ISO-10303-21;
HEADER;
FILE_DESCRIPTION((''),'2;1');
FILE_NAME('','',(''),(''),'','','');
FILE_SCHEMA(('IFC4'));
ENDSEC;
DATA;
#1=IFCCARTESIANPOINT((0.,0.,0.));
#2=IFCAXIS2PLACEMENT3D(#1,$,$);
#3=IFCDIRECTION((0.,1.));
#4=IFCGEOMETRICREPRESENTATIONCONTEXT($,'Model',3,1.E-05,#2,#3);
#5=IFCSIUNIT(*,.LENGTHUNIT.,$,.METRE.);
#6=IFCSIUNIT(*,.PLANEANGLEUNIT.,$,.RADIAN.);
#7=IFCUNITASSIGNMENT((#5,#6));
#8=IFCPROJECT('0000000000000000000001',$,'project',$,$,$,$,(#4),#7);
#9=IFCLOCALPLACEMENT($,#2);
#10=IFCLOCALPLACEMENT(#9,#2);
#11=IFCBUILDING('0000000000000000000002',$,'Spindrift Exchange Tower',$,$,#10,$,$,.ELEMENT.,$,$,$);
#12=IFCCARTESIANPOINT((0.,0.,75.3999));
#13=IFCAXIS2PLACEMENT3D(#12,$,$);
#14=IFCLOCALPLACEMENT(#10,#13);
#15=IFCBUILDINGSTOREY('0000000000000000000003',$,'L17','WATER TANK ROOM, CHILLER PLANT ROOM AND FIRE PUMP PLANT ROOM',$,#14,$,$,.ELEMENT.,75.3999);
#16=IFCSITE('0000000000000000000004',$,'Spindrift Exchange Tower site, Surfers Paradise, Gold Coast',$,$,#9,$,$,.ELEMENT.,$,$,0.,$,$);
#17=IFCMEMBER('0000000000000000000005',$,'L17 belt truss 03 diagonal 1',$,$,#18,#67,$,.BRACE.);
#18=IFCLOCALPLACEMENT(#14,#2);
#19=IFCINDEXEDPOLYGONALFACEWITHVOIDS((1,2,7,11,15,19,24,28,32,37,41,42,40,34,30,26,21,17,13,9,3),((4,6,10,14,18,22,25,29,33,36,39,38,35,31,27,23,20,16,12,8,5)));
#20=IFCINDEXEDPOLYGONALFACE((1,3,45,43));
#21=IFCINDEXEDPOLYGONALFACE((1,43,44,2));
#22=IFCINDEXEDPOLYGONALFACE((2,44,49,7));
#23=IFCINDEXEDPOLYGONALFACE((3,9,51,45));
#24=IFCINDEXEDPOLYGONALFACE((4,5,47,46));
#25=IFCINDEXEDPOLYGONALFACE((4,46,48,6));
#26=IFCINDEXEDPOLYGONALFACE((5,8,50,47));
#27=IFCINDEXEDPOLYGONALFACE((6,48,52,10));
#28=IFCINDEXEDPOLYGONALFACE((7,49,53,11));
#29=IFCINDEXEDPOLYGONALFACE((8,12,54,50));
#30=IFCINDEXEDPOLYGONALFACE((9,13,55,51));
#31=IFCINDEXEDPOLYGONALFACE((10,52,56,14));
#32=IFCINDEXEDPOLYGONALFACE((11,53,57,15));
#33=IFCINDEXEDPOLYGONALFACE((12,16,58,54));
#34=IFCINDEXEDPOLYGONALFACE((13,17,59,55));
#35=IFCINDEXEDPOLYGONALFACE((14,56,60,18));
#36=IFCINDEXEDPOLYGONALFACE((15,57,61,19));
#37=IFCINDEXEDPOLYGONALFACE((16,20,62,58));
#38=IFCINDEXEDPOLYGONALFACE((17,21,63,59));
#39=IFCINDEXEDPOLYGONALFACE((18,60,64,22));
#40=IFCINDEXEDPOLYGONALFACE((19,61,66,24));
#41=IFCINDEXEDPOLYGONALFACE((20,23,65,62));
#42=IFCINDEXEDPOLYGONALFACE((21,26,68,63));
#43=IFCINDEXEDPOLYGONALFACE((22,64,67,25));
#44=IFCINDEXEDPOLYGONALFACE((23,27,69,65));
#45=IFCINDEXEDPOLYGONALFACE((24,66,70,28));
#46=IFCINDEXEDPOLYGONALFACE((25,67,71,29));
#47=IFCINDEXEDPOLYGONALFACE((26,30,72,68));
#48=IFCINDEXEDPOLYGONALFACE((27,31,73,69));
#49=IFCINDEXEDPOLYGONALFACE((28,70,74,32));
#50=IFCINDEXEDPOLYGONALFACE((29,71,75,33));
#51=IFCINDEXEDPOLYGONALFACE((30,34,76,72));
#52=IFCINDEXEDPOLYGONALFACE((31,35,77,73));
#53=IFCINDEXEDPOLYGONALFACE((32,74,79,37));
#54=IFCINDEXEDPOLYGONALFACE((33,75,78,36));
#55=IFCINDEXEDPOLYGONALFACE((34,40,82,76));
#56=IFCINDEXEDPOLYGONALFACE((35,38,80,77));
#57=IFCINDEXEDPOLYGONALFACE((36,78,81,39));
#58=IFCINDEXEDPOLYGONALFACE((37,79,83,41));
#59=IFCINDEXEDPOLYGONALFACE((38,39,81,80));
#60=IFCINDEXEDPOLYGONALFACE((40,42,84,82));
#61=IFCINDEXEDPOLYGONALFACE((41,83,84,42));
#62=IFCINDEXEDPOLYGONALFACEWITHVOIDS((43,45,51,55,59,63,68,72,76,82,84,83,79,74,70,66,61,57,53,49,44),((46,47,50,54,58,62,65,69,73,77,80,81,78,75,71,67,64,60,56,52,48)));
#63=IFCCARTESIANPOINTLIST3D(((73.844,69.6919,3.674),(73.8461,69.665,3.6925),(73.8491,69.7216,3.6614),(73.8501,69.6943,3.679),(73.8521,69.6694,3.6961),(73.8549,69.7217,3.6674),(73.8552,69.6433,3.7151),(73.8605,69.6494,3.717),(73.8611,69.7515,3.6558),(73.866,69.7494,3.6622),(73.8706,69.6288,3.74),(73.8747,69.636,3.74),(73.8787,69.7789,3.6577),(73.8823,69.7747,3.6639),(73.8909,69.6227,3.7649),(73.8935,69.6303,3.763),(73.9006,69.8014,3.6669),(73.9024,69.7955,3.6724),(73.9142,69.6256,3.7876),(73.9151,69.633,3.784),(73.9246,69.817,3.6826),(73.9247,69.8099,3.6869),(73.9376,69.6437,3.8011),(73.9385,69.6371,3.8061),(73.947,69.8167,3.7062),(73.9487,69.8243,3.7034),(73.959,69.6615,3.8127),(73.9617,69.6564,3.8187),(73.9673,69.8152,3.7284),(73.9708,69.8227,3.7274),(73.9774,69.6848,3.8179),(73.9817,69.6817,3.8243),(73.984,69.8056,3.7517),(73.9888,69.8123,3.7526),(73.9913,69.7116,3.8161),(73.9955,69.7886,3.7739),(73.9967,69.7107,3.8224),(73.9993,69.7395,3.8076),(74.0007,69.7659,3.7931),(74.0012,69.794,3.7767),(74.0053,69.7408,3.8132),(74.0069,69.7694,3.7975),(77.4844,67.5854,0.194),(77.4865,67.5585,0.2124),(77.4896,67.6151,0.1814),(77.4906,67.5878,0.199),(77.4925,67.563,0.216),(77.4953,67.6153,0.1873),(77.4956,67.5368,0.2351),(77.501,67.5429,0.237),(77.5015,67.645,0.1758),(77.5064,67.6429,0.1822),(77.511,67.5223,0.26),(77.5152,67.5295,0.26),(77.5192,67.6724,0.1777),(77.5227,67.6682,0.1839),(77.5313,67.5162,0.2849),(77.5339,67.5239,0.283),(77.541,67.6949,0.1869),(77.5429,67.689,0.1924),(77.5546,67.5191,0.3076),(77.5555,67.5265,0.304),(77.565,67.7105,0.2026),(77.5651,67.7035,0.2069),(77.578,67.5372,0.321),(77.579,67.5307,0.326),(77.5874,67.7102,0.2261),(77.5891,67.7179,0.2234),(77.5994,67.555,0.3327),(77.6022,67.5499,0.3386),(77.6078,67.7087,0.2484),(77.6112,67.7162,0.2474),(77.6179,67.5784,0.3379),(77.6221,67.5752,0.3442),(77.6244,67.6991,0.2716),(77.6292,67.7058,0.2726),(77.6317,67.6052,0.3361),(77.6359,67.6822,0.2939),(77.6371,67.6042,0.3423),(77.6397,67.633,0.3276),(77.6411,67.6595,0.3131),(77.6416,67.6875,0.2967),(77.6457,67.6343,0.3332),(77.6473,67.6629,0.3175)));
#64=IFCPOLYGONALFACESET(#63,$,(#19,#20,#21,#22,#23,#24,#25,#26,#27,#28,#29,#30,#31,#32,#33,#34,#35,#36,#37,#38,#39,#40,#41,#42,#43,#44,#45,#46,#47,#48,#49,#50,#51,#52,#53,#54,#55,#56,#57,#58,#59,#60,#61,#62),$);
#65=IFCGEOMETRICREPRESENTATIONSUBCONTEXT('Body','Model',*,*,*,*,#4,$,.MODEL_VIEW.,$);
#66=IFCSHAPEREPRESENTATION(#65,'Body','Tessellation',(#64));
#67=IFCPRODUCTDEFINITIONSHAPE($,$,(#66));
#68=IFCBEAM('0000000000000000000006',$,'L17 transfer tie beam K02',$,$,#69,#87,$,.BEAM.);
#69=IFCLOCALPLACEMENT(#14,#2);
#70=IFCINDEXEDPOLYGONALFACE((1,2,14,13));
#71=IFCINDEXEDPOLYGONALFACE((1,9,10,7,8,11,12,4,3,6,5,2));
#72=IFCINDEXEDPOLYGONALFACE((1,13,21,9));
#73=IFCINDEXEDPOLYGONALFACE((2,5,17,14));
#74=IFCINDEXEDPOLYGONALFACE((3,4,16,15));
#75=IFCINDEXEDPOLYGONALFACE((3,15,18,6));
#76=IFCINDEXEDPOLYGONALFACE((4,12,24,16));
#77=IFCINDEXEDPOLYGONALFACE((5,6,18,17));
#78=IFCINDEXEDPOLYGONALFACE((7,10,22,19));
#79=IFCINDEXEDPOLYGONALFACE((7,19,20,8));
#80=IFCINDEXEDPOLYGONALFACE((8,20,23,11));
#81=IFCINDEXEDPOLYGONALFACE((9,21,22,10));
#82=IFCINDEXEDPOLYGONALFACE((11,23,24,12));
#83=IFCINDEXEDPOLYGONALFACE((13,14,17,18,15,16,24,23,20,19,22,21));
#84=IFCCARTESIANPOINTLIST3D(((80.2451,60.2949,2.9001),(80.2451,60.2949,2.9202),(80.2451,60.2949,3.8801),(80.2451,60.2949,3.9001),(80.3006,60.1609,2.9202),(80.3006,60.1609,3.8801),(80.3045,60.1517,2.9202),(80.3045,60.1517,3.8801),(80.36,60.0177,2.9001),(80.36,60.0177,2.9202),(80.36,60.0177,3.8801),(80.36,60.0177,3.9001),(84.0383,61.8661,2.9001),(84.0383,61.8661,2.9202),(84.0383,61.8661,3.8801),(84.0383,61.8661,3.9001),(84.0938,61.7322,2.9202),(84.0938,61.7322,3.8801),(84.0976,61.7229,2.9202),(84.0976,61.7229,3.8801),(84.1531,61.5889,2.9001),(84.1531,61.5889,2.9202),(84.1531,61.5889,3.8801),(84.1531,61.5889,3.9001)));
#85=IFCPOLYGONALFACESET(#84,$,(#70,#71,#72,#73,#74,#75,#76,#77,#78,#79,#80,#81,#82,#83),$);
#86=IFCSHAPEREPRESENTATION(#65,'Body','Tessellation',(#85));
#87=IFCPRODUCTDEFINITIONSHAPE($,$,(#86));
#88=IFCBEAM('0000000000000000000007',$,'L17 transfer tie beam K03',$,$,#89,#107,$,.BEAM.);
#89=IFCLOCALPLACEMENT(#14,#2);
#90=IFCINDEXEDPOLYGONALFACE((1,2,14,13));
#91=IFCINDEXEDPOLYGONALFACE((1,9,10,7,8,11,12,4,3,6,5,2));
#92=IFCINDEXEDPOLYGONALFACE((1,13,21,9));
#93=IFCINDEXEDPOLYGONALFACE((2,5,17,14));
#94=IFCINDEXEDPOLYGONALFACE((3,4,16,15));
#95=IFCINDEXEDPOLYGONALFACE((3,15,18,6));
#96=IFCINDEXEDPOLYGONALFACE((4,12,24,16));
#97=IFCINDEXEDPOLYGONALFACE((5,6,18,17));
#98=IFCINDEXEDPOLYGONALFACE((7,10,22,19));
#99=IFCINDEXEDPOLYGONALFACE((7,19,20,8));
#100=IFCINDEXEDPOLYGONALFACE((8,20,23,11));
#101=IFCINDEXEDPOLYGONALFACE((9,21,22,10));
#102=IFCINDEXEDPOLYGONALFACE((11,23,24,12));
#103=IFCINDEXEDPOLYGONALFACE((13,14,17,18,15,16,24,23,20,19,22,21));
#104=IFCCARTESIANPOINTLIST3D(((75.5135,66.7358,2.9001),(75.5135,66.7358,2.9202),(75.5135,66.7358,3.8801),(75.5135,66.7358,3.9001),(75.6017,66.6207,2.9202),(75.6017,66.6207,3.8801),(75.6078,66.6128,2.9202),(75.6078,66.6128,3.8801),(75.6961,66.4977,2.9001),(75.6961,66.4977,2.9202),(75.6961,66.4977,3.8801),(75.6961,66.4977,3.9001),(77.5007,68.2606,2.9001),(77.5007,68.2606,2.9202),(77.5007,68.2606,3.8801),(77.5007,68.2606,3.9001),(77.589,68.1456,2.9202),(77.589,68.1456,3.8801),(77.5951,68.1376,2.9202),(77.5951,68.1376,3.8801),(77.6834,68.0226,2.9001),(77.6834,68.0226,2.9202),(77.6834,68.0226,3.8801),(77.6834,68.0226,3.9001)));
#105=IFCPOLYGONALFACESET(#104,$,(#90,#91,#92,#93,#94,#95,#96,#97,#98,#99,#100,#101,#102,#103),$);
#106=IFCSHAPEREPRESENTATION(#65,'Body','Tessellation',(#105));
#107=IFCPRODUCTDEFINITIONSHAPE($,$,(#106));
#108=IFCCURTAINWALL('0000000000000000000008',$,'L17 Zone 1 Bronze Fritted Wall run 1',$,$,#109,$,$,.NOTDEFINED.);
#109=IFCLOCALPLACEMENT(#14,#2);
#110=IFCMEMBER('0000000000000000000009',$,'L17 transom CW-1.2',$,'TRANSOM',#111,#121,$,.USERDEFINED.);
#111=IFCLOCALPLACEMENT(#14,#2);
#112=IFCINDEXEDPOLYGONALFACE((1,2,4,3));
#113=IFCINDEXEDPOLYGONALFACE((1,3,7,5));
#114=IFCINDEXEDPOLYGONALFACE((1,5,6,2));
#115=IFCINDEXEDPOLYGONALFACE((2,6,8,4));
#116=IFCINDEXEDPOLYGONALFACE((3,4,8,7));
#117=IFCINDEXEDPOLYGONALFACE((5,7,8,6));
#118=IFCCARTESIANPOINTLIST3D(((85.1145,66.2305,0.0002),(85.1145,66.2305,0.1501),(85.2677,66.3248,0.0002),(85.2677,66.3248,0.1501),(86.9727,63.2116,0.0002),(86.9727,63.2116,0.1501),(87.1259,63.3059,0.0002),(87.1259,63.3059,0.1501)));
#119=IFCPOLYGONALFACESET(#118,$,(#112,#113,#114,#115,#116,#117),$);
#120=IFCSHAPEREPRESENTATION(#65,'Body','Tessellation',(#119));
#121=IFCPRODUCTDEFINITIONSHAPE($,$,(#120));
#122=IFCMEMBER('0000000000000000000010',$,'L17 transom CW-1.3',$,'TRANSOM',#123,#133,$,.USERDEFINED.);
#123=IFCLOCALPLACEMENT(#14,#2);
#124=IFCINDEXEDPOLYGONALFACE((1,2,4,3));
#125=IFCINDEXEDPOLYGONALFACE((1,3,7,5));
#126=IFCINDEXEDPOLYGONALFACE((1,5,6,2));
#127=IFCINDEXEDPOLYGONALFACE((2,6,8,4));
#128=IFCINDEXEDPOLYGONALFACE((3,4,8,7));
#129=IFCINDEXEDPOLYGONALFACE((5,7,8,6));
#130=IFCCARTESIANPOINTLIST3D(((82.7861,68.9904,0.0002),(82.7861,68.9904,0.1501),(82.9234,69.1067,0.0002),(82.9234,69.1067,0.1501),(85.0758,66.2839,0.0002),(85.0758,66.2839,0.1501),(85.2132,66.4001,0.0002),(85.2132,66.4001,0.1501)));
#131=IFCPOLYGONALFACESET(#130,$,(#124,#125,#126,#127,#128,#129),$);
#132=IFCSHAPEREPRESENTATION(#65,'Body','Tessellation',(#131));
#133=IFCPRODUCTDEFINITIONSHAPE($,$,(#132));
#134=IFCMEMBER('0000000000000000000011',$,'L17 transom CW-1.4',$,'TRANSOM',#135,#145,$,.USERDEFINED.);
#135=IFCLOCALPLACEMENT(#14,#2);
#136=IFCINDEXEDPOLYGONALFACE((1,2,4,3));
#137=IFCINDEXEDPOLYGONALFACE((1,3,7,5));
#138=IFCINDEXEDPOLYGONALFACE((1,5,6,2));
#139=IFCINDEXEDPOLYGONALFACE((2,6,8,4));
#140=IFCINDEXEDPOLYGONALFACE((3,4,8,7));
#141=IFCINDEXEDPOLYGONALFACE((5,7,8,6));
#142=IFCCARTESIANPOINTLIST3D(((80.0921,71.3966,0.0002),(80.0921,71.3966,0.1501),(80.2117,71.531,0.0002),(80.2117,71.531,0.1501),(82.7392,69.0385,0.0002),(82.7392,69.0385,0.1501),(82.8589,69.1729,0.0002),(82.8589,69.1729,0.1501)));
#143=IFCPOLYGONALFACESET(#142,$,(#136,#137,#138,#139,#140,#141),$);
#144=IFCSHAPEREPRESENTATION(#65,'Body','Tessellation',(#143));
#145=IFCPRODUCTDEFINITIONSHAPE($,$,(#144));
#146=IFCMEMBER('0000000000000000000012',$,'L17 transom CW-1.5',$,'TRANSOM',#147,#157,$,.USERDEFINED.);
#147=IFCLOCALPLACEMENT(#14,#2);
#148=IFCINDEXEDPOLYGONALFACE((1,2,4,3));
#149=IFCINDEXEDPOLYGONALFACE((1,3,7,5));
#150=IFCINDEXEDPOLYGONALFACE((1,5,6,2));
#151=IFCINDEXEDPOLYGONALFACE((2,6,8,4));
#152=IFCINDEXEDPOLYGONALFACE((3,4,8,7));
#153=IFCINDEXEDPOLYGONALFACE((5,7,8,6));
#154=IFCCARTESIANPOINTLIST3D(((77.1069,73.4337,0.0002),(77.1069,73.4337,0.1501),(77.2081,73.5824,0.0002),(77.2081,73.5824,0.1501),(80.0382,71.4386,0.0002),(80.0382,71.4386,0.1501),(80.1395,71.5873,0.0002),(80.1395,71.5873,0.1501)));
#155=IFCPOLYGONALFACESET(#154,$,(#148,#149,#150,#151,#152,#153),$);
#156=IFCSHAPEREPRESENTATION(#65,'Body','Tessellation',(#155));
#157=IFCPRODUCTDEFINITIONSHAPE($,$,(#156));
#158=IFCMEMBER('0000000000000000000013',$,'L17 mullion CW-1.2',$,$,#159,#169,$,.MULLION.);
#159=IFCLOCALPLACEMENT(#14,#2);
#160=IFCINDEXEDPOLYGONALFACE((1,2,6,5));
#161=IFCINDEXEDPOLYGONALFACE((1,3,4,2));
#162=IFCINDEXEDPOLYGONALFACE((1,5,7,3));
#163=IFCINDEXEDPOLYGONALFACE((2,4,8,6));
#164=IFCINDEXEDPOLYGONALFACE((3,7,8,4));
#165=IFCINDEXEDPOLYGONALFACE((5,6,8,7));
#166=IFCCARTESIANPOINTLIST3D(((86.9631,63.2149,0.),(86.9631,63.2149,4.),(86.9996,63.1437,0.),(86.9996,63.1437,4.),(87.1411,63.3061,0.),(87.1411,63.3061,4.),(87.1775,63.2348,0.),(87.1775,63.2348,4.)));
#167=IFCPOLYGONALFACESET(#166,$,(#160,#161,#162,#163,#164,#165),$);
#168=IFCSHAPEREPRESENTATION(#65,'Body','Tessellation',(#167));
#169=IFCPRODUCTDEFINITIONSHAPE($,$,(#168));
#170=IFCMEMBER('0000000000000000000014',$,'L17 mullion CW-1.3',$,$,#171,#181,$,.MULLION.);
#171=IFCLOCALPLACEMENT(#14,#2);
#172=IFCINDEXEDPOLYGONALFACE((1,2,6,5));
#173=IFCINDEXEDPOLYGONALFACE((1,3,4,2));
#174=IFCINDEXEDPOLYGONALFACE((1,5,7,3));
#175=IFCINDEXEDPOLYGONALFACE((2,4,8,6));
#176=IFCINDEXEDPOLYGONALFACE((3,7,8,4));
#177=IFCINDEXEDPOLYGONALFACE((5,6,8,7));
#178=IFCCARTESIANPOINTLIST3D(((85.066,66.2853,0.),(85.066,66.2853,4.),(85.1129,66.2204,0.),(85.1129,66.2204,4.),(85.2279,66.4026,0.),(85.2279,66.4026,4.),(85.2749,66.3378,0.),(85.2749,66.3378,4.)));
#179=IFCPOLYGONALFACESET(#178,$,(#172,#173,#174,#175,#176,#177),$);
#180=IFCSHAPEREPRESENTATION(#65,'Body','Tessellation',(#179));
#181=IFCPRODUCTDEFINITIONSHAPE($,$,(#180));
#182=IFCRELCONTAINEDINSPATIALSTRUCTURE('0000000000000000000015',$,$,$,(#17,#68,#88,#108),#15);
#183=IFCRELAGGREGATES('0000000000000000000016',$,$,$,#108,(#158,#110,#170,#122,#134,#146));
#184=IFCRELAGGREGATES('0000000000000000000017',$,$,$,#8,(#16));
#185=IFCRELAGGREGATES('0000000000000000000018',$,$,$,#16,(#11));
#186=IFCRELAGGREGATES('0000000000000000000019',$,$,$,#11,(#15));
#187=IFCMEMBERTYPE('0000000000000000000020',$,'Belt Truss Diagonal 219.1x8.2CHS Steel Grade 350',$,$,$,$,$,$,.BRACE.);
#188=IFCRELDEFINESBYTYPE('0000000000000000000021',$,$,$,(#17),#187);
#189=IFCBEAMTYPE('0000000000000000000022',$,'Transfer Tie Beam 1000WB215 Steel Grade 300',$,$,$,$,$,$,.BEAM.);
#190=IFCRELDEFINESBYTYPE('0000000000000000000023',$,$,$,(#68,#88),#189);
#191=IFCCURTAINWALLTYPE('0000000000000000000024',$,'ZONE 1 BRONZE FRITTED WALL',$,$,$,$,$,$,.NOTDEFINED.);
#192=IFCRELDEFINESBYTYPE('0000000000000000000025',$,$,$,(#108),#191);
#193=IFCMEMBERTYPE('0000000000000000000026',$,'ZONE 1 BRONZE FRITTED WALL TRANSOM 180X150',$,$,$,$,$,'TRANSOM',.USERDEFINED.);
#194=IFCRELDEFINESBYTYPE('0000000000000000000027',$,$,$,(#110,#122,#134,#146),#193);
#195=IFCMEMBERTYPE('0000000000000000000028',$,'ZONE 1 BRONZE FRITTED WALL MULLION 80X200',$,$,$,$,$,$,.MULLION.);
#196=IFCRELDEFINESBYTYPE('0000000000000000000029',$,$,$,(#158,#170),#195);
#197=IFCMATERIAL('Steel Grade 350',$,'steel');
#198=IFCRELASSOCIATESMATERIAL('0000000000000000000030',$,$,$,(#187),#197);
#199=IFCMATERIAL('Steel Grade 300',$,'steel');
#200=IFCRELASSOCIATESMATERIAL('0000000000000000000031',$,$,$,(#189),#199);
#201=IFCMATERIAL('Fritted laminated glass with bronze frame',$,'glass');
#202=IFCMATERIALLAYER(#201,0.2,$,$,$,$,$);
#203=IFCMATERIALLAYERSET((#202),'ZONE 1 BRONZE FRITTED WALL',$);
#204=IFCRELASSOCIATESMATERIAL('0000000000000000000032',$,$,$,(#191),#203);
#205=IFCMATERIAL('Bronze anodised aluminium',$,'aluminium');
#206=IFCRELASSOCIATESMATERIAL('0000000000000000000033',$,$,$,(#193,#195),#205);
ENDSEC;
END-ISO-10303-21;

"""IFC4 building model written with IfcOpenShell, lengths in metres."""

from ifc_helpers import new_model, si_unit, direction, frame, origin, origin_2d, place, context, subcontext, project, spatial, rectangle, hollow_circle, i_section, extrude, source, transform, mapped, material, layer, layer_set, material_profile, profile_set, type_object, element, aggregate, save


model = new_model("IFC4")

# Units and contexts
model_context = context("Model", 3, precision=1e-05, world=origin(), true_north=direction((0.0, 1.0)))
body_context = subcontext(model_context, "Body", "Model", "MODEL_VIEW")
ifc_project = project(units=[si_unit("LENGTHUNIT", "METRE"), si_unit("PLANEANGLEUNIT", "RADIAN")], contexts=[model_context])

# Site, building, storey
site_placement = place(None, origin())
site = spatial("IfcSite", under=ifc_project, at=site_placement, Name="Spindrift Exchange Tower site, Surfers Paradise, Gold Coast", CompositionType="ELEMENT", RefElevation=0.0)
building_placement = place(site_placement, origin())
building = spatial("IfcBuilding", under=site, at=building_placement, Name="Spindrift Exchange Tower", CompositionType="ELEMENT")
storey_placement = place(building_placement, frame((0.0, 0.0, 75.3999)))
storey = spatial("IfcBuildingStorey", under=building, at=storey_placement, Name="L17", Description="WATER TANK ROOM, CHILLER PLANT ROOM AND FIRE PUMP PLANT ROOM", CompositionType="ELEMENT", Elevation=75.3999)

# Shared definitions
ifc_material_1 = material(Name="Steel Grade 300", Category="steel")

# Member
ifc_material_2 = material(Name="Steel Grade 350", Category="steel")
ifc_material_profile_1 = material_profile(ifc_material_2, hollow_circle(Radius=0.1096, WallThickness=0.0083, at=origin_2d()), Name="219.1x8.2CHS")
ifc_profile_set_1 = profile_set([ifc_material_profile_1], Name="Steel Grade 350")
member_type_1 = type_object("IfcMemberType", Name="Belt Truss Diagonal 219.1x8.2CHS Steel Grade 350", PredefinedType="BRACE", material=ifc_profile_set_1)
shared_shape_1 = source(origin(), body_context, "Body", "SweptSolid", [
    extrude(hollow_circle(Radius=0.1096, WallThickness=0.0083, at=origin_2d()), origin(), (0.0, 0.0, 1.0), 5.459),
])
member_1_placement = place(storey_placement, frame((77.5659, 67.6172, 0.26), z_axis=(-0.666869, 0.385873, 0.637486), x_axis=(-0.500833, -0.865544, 0.0)))
element("IfcMember", 1, at=member_1_placement, inside=storey, type_object=member_type_1, Name="L17 belt truss 03 diagonal 1", PredefinedType="BRACE", context=body_context, shape_type="MappedRepresentation", body=[
    mapped(shared_shape_1, transform((0.0, 0.0, 0.0), scale=1.0)),
])

# Beams
ifc_material_profile_2 = material_profile(ifc_material_1, i_section(OverallWidth=0.3, OverallDepth=1.0, WebThickness=0.01, FlangeThickness=0.02, at=origin_2d()), Name="1000WB215")
ifc_profile_set_2 = profile_set([ifc_material_profile_2], Name="Steel Grade 300")
beam_type_1 = type_object("IfcBeamType", Name="Transfer Tie Beam 1000WB215 Steel Grade 300", PredefinedType="BEAM", material=ifc_profile_set_2)
shared_shape_2 = source(origin(), body_context, "Body", "SweptSolid", [
    extrude(i_section(OverallWidth=0.3, OverallDepth=1.0, WebThickness=0.01, FlangeThickness=0.02, at=origin_2d()), origin(), (0.0, 0.0, 1.0), 4.1057),
])
beam_1_placement = place(storey_placement, frame((84.0957, 61.7275, 3.4001), z_axis=(-0.923872, -0.382702, 0.0), x_axis=(0.382702, -0.923872, 0.0)))
element("IfcBeam", 2, at=beam_1_placement, inside=storey, type_object=beam_type_1, Name="L17 transfer tie beam K02", PredefinedType="BEAM", context=body_context, shape_type="MappedRepresentation", body=[
    mapped(shared_shape_2, transform((0.0, 0.0, 0.0), scale=1.0)),
])
shared_shape_3 = source(origin(), body_context, "Body", "SweptSolid", [
    extrude(i_section(OverallWidth=0.3, OverallDepth=1.0, WebThickness=0.01, FlangeThickness=0.02, at=origin_2d()), origin(), (0.0, 0.0, 1.0), 2.5049),
])
beam_2_placement = place(storey_placement, frame((77.592, 68.1416, 3.4001), z_axis=(-0.793355, -0.608759, 0.0), x_axis=(0.608759, -0.793355, 0.0)))
element("IfcBeam", 3, at=beam_2_placement, inside=storey, type_object=beam_type_1, Name="L17 transfer tie beam K03", PredefinedType="BEAM", context=body_context, shape_type="MappedRepresentation", body=[
    mapped(shared_shape_3, transform((0.0, 0.0, 0.0), scale=1.0)),
])

# Curtain wall, members
ifc_material_3 = material(Name="Fritted laminated glass with bronze frame", Category="glass")
ifc_layer_1 = layer(ifc_material_3, 0.2)
ifc_layer_set_1 = layer_set([ifc_layer_1], Name="ZONE 1 BRONZE FRITTED WALL")
curtain_wall_type = type_object("IfcCurtainWallType", Name="ZONE 1 BRONZE FRITTED WALL", PredefinedType="NOTDEFINED", material=ifc_layer_set_1)
curtain_wall_placement = place(storey_placement, origin())
curtain_wall = element("IfcCurtainWall", 4, at=curtain_wall_placement, inside=storey, type_object=curtain_wall_type, Name="L17 Zone 1 Bronze Fritted Wall run 1", PredefinedType="NOTDEFINED")
ifc_material_4 = material(Name="Bronze anodised aluminium", Category="aluminium")
ifc_material_profile_3 = material_profile(ifc_material_4, rectangle(XDim=0.1799, YDim=0.1499, at=origin_2d()), Name="ZONE 1 BRONZE FRITTED WALL TRANSOM 180X150")
ifc_profile_set_3 = profile_set([ifc_material_profile_3], Name="Bronze anodised aluminium")
member_type_2 = type_object("IfcMemberType", Name="ZONE 1 BRONZE FRITTED WALL TRANSOM 180X150", ElementType="TRANSOM", PredefinedType="USERDEFINED", material=ifc_profile_set_3)
shared_shape_4 = source(origin(), body_context, "Body", "SweptSolid", [
    extrude(rectangle(XDim=0.1799, YDim=0.1499, at=origin_2d()), origin(), (0.0, 0.0, 1.0), 3.5449),
])
member_2_placement = place(storey_placement, frame((87.0493, 63.2588, 0.0752), z_axis=(-0.524186, 0.851604, 0.0), x_axis=(-0.851604, -0.524186, 0.0)))
member_2 = element("IfcMember", 5, at=member_2_placement, type_object=member_type_2, Name="L17 transom CW-1.2", ObjectType="TRANSOM", PredefinedType="USERDEFINED", context=body_context, shape_type="MappedRepresentation", body=[
    mapped(shared_shape_4, transform((0.0, 0.0, 0.0), scale=1.0)),
])
shared_shape_5 = source(origin(), body_context, "Body", "SweptSolid", [
    extrude(rectangle(XDim=0.1799, YDim=0.1499, at=origin_2d()), origin(), (0.0, 0.0, 1.0), 3.5452),
])
member_3_placement = place(storey_placement, frame((85.1445, 66.342, 0.0752), z_axis=(-0.645884, 0.763436, 0.0), x_axis=(-0.763436, -0.645884, 0.0)))
member_3 = element("IfcMember", 6, at=member_3_placement, type_object=member_type_2, Name="L17 transom CW-1.3", ObjectType="TRANSOM", PredefinedType="USERDEFINED", context=body_context, shape_type="MappedRepresentation", body=[
    mapped(shared_shape_5, transform((0.0, 0.0, 0.0), scale=1.0)),
])
member_4_placement = place(storey_placement, frame((82.7991, 69.1057, 0.0752), z_axis=(-0.746698, 0.665163, 0.0), x_axis=(-0.665163, -0.746698, 0.0)))
member_4 = element("IfcMember", 7, at=member_4_placement, type_object=member_type_2, Name="L17 transom CW-1.4", ObjectType="TRANSOM", PredefinedType="USERDEFINED", context=body_context, shape_type="MappedRepresentation", body=[
    mapped(shared_shape_5, transform((0.0, 0.0, 0.0), scale=1.0)),
])
shared_shape_6 = source(origin(), body_context, "Body", "SweptSolid", [
    extrude(rectangle(XDim=0.1799, YDim=0.1499, at=origin_2d()), origin(), (0.0, 0.0, 1.0), 3.5459),
])
member_5_placement = place(storey_placement, frame((80.0889, 71.5129, 0.0752), z_axis=(-0.826695, 0.562651, 0.0), x_axis=(-0.562651, -0.826695, 0.0)))
member_5 = element("IfcMember", 8, at=member_5_placement, type_object=member_type_2, Name="L17 transom CW-1.5", ObjectType="TRANSOM", PredefinedType="USERDEFINED", context=body_context, shape_type="MappedRepresentation", body=[
    mapped(shared_shape_6, transform((0.0, 0.0, 0.0), scale=1.0)),
])
ifc_material_profile_4 = material_profile(ifc_material_4, rectangle(XDim=0.0801, YDim=0.2, at=origin_2d()), Name="ZONE 1 BRONZE FRITTED WALL MULLION 80X200")
ifc_profile_set_4 = profile_set([ifc_material_profile_4], Name="Bronze anodised aluminium")
member_type_3 = type_object("IfcMemberType", Name="ZONE 1 BRONZE FRITTED WALL MULLION 80X200", PredefinedType="MULLION", material=ifc_profile_set_4)
shared_shape_7 = source(origin(), body_context, "Body", "SweptSolid", [
    extrude(rectangle(XDim=0.0801, YDim=0.2, at=origin_2d()), origin(), (0.0, 0.0, 1.0), 4.0),
])
member_6_placement = place(storey_placement, frame((87.0703, 63.2249, 0.0), z_axis=(0.0, 0.0, 1.0), x_axis=(-0.455742, 0.890112, 0.0)))
member_6 = element("IfcMember", 9, at=member_6_placement, type_object=member_type_3, Name="L17 mullion CW-1.2", PredefinedType="MULLION", context=body_context, shape_type="MappedRepresentation", body=[
    mapped(shared_shape_7, transform((0.0, 0.0, 0.0), scale=1.0)),
])
member_7_placement = place(storey_placement, frame((85.1704, 66.3115, 0.0), z_axis=(0.0, 0.0, 1.0), x_axis=(-0.586684, 0.809816, 0.0)))
member_7 = element("IfcMember", 10, at=member_7_placement, type_object=member_type_3, Name="L17 mullion CW-1.3", PredefinedType="MULLION", context=body_context, shape_type="MappedRepresentation", body=[
    mapped(shared_shape_7, transform((0.0, 0.0, 0.0), scale=1.0)),
])
aggregate(curtain_wall, [member_6, member_2, member_7, member_3, member_4, member_5])

save(model, "model.ifc")
